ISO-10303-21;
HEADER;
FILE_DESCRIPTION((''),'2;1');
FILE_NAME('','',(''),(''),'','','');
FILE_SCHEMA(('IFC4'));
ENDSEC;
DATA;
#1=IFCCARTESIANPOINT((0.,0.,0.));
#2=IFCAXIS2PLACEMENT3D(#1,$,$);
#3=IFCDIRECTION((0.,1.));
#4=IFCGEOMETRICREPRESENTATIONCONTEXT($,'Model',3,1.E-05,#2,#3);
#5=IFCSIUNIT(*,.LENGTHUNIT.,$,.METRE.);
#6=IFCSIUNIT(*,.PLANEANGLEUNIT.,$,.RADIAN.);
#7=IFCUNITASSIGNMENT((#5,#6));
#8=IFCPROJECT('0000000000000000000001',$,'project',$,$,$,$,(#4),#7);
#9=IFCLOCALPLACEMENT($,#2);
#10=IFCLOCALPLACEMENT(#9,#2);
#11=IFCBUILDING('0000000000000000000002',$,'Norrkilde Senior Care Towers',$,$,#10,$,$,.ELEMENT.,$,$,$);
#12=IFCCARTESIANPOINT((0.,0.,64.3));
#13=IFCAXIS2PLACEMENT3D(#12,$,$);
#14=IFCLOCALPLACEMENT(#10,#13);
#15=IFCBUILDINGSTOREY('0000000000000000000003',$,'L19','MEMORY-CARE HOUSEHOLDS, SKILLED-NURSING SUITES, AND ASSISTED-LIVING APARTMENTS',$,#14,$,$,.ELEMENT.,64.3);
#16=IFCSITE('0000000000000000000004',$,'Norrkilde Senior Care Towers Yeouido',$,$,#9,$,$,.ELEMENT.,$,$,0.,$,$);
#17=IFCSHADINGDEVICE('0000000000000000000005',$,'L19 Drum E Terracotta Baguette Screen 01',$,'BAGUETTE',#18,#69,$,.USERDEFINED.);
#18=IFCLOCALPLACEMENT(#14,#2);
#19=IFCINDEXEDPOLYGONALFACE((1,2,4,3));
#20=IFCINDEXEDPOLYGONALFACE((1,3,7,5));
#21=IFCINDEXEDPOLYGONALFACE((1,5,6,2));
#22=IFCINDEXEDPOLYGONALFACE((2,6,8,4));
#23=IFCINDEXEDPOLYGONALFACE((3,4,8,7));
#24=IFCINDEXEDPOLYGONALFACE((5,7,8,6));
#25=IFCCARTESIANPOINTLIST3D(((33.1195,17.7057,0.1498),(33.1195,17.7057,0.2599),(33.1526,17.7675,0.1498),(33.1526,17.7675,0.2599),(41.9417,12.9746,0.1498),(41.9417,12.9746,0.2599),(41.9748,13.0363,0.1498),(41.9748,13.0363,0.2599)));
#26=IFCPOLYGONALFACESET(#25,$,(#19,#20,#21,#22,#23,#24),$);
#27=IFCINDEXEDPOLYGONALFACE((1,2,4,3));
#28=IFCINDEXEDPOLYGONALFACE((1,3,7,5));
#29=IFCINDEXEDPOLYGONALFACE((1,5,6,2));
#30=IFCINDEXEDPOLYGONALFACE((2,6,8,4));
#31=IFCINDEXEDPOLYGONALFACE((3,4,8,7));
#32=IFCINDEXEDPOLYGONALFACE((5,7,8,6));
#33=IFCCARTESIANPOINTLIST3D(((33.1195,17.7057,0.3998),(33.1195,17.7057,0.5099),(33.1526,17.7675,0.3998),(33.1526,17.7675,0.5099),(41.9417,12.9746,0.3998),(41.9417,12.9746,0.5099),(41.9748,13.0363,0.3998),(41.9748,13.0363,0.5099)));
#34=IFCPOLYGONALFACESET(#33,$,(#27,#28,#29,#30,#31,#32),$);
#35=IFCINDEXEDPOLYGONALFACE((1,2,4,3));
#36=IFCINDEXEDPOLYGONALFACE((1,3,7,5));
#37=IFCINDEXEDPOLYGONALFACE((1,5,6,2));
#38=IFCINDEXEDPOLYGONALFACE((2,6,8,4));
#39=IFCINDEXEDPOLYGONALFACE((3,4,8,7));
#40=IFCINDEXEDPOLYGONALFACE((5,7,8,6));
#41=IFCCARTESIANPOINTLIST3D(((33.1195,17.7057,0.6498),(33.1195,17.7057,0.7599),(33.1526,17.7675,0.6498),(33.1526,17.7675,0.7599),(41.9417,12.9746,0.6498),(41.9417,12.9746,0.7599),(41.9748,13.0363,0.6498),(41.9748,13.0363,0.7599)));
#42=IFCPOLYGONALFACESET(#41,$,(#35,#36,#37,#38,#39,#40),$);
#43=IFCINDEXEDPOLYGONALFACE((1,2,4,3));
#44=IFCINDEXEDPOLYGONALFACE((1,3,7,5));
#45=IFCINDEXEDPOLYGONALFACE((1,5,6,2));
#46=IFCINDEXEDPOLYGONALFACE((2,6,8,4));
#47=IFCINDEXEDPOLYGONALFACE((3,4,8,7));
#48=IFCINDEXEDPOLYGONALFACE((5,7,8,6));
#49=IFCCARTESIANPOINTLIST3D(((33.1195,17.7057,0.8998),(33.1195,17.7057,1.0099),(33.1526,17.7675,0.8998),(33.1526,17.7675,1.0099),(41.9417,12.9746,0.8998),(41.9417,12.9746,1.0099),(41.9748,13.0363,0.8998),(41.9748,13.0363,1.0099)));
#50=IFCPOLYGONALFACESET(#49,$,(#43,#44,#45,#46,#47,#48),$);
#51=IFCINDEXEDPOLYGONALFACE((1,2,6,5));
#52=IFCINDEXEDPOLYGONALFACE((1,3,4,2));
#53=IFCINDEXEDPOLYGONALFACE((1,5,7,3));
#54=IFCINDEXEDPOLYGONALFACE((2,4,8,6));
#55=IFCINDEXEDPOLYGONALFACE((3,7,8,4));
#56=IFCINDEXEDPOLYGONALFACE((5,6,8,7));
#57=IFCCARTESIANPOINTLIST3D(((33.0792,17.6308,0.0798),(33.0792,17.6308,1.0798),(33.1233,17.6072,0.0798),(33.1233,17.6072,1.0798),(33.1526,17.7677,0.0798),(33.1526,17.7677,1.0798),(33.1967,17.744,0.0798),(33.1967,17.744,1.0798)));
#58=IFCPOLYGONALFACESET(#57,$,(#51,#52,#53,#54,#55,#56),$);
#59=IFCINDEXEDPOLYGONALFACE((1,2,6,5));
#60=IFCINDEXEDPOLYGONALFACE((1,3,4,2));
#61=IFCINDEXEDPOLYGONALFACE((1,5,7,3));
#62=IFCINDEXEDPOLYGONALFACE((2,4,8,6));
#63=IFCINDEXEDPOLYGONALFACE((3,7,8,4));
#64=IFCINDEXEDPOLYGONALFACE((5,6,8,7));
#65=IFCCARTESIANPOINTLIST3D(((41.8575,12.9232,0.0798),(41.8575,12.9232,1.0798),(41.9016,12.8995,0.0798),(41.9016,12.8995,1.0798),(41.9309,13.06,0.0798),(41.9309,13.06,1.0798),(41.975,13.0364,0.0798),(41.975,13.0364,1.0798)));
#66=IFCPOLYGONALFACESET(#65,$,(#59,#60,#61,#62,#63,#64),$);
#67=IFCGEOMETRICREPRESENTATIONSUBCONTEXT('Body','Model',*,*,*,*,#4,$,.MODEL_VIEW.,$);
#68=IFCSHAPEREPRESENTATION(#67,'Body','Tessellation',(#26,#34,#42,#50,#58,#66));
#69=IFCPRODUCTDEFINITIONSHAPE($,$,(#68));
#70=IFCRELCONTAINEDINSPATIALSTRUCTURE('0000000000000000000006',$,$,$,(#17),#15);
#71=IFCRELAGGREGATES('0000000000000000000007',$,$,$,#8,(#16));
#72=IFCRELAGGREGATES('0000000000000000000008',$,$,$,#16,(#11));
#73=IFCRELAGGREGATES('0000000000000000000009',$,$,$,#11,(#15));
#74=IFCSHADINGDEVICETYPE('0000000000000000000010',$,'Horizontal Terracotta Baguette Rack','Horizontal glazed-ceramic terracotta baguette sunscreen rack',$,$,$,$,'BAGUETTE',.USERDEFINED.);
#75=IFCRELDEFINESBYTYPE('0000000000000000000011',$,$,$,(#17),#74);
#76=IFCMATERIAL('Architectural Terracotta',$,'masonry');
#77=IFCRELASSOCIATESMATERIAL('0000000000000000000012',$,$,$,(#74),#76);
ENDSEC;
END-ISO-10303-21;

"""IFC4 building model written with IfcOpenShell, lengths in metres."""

from ifc_helpers import new_model, si_unit, direction, frame, origin, origin_2d, place, context, subcontext, project, spatial, rectangle, extrude, source, transform, mapped, material, type_object, type_shapes, element, save


model = new_model("IFC4")

# Units and contexts
model_context = context("Model", 3, precision=1e-05, world=origin(), true_north=direction((0.0, 1.0)))
body_context = subcontext(model_context, "Body", "Model", "MODEL_VIEW")
ifc_project = project(units=[si_unit("LENGTHUNIT", "METRE"), si_unit("PLANEANGLEUNIT", "RADIAN")], contexts=[model_context])

# Site, building, storey
site_placement = place(None, origin())
site = spatial("IfcSite", under=ifc_project, at=site_placement, Name="Norrkilde Senior Care Towers Yeouido", CompositionType="ELEMENT", RefElevation=0.0)
building_placement = place(site_placement, origin())
building = spatial("IfcBuilding", under=site, at=building_placement, Name="Norrkilde Senior Care Towers", CompositionType="ELEMENT")
storey_placement = place(building_placement, frame((0.0, 0.0, 64.3)))
storey = spatial("IfcBuildingStorey", under=building, at=storey_placement, Name="L19", Description="MEMORY-CARE HOUSEHOLDS, SKILLED-NURSING SUITES, AND ASSISTED-LIVING APARTMENTS", CompositionType="ELEMENT", Elevation=64.3)

# Shading device
ifc_material_1 = material(Name="Architectural Terracotta", Category="masonry")
shading_device_type = type_object("IfcShadingDeviceType", Name="Horizontal Terracotta Baguette Rack", Description="Horizontal glazed-ceramic terracotta baguette sunscreen rack", ElementType="BAGUETTE", PredefinedType="USERDEFINED", material=ifc_material_1)
shared_shape_1 = source(origin(), body_context, "Body", "SweptSolid", [
    extrude(rectangle(XDim=0.0701, YDim=0.1101, at=origin_2d()), frame((0.0, 0.0901, 0.125), z_axis=(1.0, 0.0, 0.0), x_axis=(0.0, 1.0, 0.0)), (0.0, 0.0, 1.0), 10.0107),
    extrude(rectangle(XDim=0.0701, YDim=0.1101, at=origin_2d()), frame((0.0, 0.0901, 0.375), z_axis=(1.0, 0.0, 0.0), x_axis=(0.0, 1.0, 0.0)), (0.0, 0.0, 1.0), 10.0107),
    extrude(rectangle(XDim=0.0701, YDim=0.1101, at=origin_2d()), frame((0.0, 0.0901, 0.625), z_axis=(1.0, 0.0, 0.0), x_axis=(0.0, 1.0, 0.0)), (0.0, 0.0, 1.0), 10.0107),
    extrude(rectangle(XDim=0.0701, YDim=0.1101, at=origin_2d()), frame((0.0, 0.0901, 0.875), z_axis=(1.0, 0.0, 0.0), x_axis=(0.0, 1.0, 0.0)), (0.0, 0.0, 1.0), 10.0107),
    extrude(rectangle(XDim=0.05, YDim=0.1553, at=origin_2d()), frame((0.0249, 0.0476, 0.0)), (0.0, 0.0, 1.0), 1.0),
    extrude(rectangle(XDim=0.05, YDim=0.1553, at=origin_2d()), frame((9.9858, 0.0476, 0.0)), (0.0, 0.0, 1.0), 1.0),
])
type_shapes(shading_device_type, [shared_shape_1])
shading_device_placement = place(storey_placement, frame((33.0935, 17.6572, 0.0798), z_axis=(0.0, 0.0, 1.0), x_axis=(0.88128, -0.472612, 0.0)))
element("IfcShadingDevice", 1, at=shading_device_placement, inside=storey, type_object=shading_device_type, Name="L19 Drum E Terracotta Baguette Screen 01", ObjectType="BAGUETTE", PredefinedType="USERDEFINED", context=body_context, shape_type="MappedRepresentation", body=[
    mapped(shared_shape_1, transform((0.0, 0.0, 0.0), x_axis=(1.0, 0.0, 0.0), y_axis=(0.0, 1.0, 0.0), z_axis=(0.0, 0.0, 1.0), scale=1.0)),
])

save(model, "model.ifc")
